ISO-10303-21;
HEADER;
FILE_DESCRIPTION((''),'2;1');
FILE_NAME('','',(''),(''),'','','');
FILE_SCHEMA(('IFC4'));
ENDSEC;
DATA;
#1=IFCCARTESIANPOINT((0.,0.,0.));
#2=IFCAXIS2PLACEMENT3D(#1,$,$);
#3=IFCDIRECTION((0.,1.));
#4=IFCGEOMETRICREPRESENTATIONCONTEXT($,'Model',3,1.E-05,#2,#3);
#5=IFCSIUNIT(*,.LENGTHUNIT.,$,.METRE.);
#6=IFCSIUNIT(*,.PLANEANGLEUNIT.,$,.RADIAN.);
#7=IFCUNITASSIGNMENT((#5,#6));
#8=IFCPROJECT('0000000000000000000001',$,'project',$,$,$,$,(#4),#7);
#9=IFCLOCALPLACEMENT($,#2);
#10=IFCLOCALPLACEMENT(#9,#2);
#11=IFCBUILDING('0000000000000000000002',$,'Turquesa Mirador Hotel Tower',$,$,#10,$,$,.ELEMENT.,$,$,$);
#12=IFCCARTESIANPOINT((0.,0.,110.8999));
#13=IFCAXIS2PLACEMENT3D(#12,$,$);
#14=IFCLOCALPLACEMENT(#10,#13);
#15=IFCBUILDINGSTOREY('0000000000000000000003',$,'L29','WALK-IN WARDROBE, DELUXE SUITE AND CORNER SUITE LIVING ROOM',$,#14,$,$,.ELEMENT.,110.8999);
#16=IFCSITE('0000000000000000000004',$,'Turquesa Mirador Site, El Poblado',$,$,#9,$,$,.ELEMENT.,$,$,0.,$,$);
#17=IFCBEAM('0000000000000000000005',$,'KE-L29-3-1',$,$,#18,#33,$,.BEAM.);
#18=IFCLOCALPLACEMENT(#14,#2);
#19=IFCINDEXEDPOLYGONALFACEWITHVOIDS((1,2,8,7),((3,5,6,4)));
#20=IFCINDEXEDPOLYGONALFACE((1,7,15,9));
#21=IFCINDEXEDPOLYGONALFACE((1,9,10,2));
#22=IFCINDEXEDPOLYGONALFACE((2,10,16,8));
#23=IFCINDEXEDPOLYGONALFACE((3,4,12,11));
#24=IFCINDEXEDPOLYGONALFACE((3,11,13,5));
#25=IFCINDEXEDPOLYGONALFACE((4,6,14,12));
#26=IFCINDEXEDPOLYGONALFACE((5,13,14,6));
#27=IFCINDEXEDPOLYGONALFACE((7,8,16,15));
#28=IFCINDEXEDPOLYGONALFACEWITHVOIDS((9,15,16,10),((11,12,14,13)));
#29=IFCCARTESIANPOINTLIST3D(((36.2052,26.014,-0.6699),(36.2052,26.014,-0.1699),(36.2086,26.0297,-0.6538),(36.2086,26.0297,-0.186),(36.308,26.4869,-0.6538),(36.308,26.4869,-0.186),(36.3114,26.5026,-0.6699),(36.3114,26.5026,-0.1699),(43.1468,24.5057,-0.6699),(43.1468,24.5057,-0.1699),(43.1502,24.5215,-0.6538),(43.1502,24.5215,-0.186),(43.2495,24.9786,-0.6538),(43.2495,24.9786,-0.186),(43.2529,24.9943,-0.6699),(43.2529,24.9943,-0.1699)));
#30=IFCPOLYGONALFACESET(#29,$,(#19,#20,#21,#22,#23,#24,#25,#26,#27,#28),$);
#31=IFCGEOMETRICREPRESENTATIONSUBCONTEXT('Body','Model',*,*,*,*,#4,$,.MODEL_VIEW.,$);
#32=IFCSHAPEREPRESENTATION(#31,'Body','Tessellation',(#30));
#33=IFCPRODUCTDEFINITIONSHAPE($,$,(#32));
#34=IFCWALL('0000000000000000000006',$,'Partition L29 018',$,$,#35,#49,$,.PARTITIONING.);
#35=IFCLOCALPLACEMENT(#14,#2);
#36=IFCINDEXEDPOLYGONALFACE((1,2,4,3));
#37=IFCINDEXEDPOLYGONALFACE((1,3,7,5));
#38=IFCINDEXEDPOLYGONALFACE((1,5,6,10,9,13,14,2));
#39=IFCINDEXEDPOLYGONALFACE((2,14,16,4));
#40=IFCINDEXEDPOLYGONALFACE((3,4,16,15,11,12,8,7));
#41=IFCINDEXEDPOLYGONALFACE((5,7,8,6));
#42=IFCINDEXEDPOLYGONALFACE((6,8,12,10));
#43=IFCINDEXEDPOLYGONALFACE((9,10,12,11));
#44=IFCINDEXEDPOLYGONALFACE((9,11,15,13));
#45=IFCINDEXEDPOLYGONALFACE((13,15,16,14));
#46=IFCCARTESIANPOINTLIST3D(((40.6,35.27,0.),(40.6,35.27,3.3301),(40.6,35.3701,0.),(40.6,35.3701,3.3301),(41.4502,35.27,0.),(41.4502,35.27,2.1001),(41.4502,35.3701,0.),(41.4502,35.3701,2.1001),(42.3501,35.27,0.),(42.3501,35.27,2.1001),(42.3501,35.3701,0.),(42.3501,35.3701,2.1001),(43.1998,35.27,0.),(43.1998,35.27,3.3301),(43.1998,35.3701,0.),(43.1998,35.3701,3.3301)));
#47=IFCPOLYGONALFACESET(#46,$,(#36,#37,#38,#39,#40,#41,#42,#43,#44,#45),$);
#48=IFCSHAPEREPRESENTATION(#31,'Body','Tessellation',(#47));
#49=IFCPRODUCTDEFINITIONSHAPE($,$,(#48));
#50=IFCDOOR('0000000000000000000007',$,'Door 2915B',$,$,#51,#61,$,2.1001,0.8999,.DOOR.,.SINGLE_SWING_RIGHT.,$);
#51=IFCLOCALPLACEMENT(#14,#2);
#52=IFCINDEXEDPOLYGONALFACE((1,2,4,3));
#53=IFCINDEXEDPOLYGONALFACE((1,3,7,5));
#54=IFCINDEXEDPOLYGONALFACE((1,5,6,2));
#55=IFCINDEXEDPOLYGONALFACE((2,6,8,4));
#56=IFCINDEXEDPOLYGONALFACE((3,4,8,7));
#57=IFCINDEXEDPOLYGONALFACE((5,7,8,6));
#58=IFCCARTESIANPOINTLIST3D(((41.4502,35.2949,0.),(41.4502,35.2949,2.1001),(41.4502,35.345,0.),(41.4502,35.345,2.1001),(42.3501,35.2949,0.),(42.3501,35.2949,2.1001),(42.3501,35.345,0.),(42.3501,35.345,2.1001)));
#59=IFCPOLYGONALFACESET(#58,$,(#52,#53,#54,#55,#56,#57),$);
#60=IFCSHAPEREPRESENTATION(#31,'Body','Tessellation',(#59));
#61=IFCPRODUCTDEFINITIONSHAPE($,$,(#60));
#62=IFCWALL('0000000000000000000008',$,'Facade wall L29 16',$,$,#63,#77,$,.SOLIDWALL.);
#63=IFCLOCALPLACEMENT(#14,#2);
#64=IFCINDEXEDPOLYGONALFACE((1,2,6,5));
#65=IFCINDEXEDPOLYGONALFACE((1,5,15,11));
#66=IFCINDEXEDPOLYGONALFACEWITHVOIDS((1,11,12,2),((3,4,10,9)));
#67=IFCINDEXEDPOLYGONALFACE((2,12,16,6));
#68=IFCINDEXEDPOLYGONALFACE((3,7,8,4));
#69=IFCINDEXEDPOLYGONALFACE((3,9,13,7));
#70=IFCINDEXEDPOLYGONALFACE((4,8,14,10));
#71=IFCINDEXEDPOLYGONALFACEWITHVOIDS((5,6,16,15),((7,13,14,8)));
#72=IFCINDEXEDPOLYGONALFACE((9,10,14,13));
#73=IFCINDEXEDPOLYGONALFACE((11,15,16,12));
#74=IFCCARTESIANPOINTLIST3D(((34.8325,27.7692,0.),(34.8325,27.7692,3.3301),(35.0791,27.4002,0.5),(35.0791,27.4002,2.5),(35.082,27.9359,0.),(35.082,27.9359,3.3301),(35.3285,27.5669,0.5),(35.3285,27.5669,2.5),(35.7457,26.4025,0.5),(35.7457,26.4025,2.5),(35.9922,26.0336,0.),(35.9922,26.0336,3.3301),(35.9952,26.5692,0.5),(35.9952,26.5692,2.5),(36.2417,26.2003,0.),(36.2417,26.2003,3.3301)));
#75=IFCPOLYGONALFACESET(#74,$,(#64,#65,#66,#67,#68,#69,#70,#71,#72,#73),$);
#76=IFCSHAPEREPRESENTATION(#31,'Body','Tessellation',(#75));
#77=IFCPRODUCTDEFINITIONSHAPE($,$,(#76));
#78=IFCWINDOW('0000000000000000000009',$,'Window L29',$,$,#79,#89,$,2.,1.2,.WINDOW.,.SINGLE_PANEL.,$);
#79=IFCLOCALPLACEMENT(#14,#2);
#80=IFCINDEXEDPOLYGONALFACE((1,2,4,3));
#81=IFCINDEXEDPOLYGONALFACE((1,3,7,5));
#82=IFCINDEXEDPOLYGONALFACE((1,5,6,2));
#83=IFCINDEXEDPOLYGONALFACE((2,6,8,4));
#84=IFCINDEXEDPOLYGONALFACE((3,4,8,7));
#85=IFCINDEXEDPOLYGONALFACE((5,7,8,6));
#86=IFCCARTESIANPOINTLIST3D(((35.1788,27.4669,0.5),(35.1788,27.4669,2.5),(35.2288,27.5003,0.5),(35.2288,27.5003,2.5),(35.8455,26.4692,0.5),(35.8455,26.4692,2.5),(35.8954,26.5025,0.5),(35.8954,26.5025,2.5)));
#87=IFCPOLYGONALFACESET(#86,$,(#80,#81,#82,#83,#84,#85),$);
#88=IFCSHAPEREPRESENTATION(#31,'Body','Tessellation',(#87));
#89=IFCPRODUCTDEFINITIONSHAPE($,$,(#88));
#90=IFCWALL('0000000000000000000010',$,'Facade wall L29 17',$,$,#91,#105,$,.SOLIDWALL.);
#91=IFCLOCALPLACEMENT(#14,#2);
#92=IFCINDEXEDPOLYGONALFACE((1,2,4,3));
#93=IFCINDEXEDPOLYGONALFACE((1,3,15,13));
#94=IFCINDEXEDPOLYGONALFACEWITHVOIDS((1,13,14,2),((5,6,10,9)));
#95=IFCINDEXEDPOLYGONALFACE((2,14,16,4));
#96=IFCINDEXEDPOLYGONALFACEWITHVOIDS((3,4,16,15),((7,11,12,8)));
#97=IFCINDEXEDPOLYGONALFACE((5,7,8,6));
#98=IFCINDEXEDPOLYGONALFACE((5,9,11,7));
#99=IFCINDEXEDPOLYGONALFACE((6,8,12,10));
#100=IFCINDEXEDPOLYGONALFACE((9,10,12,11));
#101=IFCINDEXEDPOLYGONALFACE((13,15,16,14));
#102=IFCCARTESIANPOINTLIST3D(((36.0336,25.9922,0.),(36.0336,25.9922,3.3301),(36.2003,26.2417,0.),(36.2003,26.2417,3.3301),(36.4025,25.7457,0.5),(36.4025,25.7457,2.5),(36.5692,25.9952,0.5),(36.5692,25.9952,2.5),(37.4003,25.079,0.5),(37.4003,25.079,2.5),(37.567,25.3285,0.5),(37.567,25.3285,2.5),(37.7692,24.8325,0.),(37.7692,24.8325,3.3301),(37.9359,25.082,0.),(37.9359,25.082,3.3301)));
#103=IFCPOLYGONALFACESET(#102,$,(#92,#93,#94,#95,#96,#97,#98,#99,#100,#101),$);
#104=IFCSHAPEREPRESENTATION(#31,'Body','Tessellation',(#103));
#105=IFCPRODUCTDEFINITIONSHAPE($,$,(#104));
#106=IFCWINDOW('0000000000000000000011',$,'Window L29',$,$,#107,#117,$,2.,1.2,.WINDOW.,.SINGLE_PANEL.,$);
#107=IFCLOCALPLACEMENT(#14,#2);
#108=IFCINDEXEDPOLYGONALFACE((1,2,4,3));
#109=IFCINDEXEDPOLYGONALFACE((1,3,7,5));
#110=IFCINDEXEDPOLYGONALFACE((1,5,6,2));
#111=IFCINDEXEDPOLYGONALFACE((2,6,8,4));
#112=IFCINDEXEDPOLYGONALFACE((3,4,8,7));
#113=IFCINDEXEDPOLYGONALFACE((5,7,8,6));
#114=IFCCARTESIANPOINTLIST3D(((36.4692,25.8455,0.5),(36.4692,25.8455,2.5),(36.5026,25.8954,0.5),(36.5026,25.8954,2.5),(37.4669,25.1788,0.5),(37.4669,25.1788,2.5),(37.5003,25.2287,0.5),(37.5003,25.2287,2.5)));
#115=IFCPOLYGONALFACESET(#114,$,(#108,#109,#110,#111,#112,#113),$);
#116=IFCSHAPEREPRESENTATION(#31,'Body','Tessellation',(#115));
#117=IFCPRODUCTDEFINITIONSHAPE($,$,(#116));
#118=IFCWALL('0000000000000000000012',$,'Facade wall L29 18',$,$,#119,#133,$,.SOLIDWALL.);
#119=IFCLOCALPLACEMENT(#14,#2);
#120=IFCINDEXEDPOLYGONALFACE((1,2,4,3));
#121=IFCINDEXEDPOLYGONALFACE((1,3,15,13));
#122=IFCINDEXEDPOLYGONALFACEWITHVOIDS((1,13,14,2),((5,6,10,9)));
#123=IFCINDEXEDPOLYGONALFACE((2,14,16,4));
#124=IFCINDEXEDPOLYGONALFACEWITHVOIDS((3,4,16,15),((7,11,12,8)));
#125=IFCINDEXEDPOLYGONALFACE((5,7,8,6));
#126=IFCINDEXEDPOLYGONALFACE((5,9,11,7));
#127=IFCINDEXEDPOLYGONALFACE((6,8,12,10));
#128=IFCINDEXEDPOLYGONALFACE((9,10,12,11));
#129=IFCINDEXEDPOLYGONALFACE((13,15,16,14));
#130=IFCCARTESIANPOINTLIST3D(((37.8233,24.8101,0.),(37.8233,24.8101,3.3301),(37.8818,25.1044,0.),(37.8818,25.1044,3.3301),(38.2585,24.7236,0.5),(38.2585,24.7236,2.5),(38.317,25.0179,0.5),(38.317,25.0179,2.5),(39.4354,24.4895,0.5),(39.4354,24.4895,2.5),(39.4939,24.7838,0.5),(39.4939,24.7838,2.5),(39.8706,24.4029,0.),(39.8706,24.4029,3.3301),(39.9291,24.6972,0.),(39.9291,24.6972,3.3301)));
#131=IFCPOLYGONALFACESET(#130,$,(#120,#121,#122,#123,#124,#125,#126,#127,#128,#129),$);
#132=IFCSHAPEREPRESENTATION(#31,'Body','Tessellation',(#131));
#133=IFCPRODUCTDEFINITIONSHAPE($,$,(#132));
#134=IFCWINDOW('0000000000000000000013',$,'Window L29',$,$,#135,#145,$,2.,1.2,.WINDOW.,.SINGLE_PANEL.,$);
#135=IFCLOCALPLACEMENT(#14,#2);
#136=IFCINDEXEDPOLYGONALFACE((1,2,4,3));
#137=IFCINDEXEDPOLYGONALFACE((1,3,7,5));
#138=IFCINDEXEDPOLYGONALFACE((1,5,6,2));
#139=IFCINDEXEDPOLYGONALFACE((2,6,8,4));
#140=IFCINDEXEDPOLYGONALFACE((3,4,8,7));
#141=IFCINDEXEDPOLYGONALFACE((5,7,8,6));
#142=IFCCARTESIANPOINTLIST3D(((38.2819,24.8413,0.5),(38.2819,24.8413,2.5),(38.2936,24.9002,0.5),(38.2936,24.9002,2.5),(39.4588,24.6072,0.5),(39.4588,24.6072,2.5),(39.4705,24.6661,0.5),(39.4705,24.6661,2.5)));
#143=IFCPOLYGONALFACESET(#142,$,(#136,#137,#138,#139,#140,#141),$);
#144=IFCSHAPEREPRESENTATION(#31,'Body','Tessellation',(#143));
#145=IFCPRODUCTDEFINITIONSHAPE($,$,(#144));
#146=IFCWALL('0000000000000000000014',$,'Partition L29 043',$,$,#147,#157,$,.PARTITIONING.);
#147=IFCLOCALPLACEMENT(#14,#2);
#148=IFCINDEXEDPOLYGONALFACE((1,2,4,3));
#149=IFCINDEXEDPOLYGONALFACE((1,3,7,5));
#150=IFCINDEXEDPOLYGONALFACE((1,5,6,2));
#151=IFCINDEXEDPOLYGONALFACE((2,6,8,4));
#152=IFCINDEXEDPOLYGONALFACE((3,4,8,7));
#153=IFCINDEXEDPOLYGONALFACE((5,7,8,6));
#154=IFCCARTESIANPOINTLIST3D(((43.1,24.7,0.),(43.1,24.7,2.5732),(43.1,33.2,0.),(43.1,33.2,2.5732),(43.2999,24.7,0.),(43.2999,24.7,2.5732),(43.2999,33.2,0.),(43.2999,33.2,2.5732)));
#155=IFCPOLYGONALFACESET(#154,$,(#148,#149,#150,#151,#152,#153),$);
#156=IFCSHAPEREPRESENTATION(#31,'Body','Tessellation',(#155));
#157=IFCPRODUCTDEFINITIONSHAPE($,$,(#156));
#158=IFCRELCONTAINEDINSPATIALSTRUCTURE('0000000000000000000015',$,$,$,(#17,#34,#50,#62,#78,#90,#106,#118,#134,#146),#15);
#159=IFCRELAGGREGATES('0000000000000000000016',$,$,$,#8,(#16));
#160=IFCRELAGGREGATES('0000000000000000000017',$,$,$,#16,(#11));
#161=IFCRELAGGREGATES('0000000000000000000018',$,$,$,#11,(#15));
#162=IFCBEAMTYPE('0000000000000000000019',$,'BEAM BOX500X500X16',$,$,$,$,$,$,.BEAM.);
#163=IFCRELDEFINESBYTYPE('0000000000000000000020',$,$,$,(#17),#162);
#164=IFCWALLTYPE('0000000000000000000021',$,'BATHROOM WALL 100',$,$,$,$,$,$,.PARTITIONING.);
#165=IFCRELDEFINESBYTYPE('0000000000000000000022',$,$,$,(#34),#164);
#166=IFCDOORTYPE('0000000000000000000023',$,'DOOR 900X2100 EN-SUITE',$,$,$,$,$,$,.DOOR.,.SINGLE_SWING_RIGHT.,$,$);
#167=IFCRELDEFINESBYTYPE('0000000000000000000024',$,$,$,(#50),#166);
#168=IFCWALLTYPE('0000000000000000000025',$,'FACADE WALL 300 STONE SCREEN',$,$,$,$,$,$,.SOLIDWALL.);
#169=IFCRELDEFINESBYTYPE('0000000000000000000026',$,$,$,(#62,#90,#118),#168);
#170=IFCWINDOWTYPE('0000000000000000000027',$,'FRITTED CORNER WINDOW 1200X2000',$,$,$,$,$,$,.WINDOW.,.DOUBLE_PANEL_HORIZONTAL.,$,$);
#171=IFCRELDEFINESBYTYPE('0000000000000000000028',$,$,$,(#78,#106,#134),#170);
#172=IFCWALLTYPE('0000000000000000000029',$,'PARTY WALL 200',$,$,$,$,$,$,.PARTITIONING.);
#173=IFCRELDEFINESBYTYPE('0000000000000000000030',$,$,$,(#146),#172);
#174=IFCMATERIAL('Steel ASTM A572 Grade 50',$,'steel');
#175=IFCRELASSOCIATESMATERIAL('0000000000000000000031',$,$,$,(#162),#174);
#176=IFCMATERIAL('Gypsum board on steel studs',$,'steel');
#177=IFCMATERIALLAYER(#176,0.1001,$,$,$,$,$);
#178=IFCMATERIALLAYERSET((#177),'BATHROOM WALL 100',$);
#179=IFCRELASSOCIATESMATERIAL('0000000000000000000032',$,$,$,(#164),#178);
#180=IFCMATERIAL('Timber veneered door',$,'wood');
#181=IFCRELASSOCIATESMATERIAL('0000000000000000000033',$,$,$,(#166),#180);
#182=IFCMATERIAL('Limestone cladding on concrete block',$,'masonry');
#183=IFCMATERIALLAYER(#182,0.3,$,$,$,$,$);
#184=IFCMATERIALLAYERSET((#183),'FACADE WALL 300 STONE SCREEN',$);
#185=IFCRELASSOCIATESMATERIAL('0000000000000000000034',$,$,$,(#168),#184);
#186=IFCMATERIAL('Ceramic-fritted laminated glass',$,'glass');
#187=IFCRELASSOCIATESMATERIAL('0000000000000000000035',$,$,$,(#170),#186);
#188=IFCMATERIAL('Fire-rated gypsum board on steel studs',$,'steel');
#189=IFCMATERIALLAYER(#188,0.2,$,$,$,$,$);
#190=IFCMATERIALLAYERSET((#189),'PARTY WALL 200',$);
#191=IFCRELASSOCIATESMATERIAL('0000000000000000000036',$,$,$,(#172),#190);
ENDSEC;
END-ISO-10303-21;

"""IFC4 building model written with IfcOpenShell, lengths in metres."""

from ifc_helpers import new_model, si_unit, direction, frame, frame_2d, origin, origin_2d, place, context, subcontext, project, spatial, rectangle, hollow_rectangle, extrude, material, layer, layer_set, material_profile, profile_set, type_object, element, fill, save


model = new_model("IFC4")

# Units and contexts
model_context = context("Model", 3, precision=1e-05, world=origin(), true_north=direction((0.0, 1.0)))
body_context = subcontext(model_context, "Body", "Model", "MODEL_VIEW")
ifc_project = project(units=[si_unit("LENGTHUNIT", "METRE"), si_unit("PLANEANGLEUNIT", "RADIAN")], contexts=[model_context])

# Site, building, storey
site_placement = place(None, origin())
site = spatial("IfcSite", under=ifc_project, at=site_placement, Name="Turquesa Mirador Site, El Poblado", CompositionType="ELEMENT", RefElevation=0.0)
building_placement = place(site_placement, origin())
building = spatial("IfcBuilding", under=site, at=building_placement, Name="Turquesa Mirador Hotel Tower", CompositionType="ELEMENT")
storey_placement = place(building_placement, frame((0.0, 0.0, 110.8999)))
storey = spatial("IfcBuildingStorey", under=building, at=storey_placement, Name="L29", Description="WALK-IN WARDROBE, DELUXE SUITE AND CORNER SUITE LIVING ROOM", CompositionType="ELEMENT", Elevation=110.8999)

# Beam
ifc_material_1 = material(Name="Steel ASTM A572 Grade 50", Category="steel")
ifc_material_profile = material_profile(ifc_material_1, hollow_rectangle(XDim=0.5, YDim=0.5, WallThickness=0.0161, at=origin_2d()), Name="BOX500X500X16")
ifc_profile_set = profile_set([ifc_material_profile], Name="Steel ASTM A572 Grade 50")
beam_type = type_object("IfcBeamType", Name="BEAM BOX500X500X16", PredefinedType="BEAM", material=ifc_profile_set)
beam_placement = place(storey_placement, frame((36.2583, 26.2583, -0.4199), z_axis=(0.977198, -0.212328, 0.0), x_axis=(0.212328, 0.977198, 0.0)))
element("IfcBeam", 1, at=beam_placement, inside=storey, type_object=beam_type, Name="KE-L29-3-1", PredefinedType="BEAM", context=body_context, shape_type="SweptSolid", body=[
    extrude(hollow_rectangle(XDim=0.5, YDim=0.5, WallThickness=0.0161, at=origin_2d()), origin(), (0.0, 0.0, 1.0), 7.1035),
])

# Wall, opening, door
ifc_material_2 = material(Name="Gypsum board on steel studs", Category="steel")
ifc_layer_1 = layer(ifc_material_2, 0.1001)
ifc_layer_set_1 = layer_set([ifc_layer_1], Name="BATHROOM WALL 100")
wall_type_1 = type_object("IfcWallType", Name="BATHROOM WALL 100", PredefinedType="PARTITIONING", material=ifc_layer_set_1)
wall_1_placement = place(storey_placement, frame((40.6001, 35.3201, 0.0), z_axis=(0.0, 0.0, 1.0), x_axis=(1.0, 0.0, 0.0)))
wall_1 = element("IfcWall", 2, at=wall_1_placement, inside=storey, type_object=wall_type_1, Name="Partition L29 018", PredefinedType="PARTITIONING", context=body_context, shape_type="SweptSolid", body=[
    extrude(rectangle(XDim=2.5999, YDim=0.1001, at=frame_2d((1.2998, 0.0))), origin(), (0.0, 0.0, 1.0), 3.3301),
])
opening_1_placement = place(wall_1_placement, frame((0.8501, 0.0, 0.0)))
opening_1 = element("IfcOpeningElement", 3, at=opening_1_placement, cuts=wall_1, PredefinedType="OPENING", context=body_context, shape_type="SweptSolid", body=[
    extrude(rectangle(XDim=0.8999, YDim=2.1001, at=frame_2d((0.45, 1.05))), frame((0.0, 0.0601, 0.0), z_axis=(0.0, -1.0, 0.0), x_axis=(1.0, 0.0, 0.0)), (0.0, 0.0, 1.0), 0.1201),
])
ifc_material_3 = material(Name="Timber veneered door", Category="wood")
door_type_1 = type_object("IfcDoorType", Name="DOOR 900X2100 EN-SUITE", OperationType="SINGLE_SWING_RIGHT", PredefinedType="DOOR", material=ifc_material_3)
door_1_placement = place(opening_1_placement, origin())
door_1 = element("IfcDoor", 4, at=door_1_placement, inside=storey, type_object=door_type_1, Name="Door 2915B", OperationType="SINGLE_SWING_RIGHT", OverallHeight=2.1001, OverallWidth=0.8999, PredefinedType="DOOR", context=body_context, shape_type="SweptSolid", body=[
    extrude(rectangle(XDim=0.8999, YDim=2.1001, at=frame_2d((0.45, 1.05))), frame((0.0, 0.0249, 0.0), z_axis=(0.0, -1.0, 0.0), x_axis=(1.0, 0.0, 0.0)), (0.0, 0.0, 1.0), 0.05),
])
fill(opening_1, door_1)

# Walls, openings, windows
ifc_material_4 = material(Name="Limestone cladding on concrete block", Category="masonry")
ifc_layer_2 = layer(ifc_material_4, 0.3)
ifc_layer_set_2 = layer_set([ifc_layer_2], Name="FACADE WALL 300 STONE SCREEN")
wall_type_2 = type_object("IfcWallType", Name="FACADE WALL 300 STONE SCREEN", PredefinedType="SOLIDWALL", material=ifc_layer_set_2)
wall_2_placement = place(storey_placement, frame((34.9573, 27.8525, 0.0), z_axis=(0.0, 0.0, 1.0), x_axis=(0.555564, -0.831474, 0.0)))
wall_2 = element("IfcWall", 5, at=wall_2_placement, inside=storey, type_object=wall_type_2, Name="Facade wall L29 16", PredefinedType="SOLIDWALL", context=body_context, shape_type="SweptSolid", body=[
    extrude(rectangle(XDim=2.0874, YDim=0.3, at=frame_2d((1.0437, 0.0))), origin(), (0.0, 0.0, 1.0), 3.3301),
])
opening_2_placement = place(wall_2_placement, frame((0.4436, 0.0, 0.5)))
opening_2 = element("IfcOpeningElement", 6, at=opening_2_placement, cuts=wall_2, PredefinedType="OPENING", context=body_context, shape_type="SweptSolid", body=[
    extrude(rectangle(XDim=1.2, YDim=2.0, at=frame_2d((0.6001, 1.0))), frame((0.0, 0.1599, 0.0), z_axis=(0.0, -1.0, 0.0), x_axis=(1.0, 0.0, 0.0)), (0.0, 0.0, 1.0), 0.3201),
])
ifc_material_5 = material(Name="Ceramic-fritted laminated glass", Category="glass")
window_type_1 = type_object("IfcWindowType", Name="FRITTED CORNER WINDOW 1200X2000", PartitioningType="DOUBLE_PANEL_HORIZONTAL", PredefinedType="WINDOW", material=ifc_material_5)
window_1_placement = place(opening_2_placement, origin())
window_1 = element("IfcWindow", 7, at=window_1_placement, inside=storey, type_object=window_type_1, Name="Window L29", OverallHeight=2.0, OverallWidth=1.2, PartitioningType="SINGLE_PANEL", PredefinedType="WINDOW", context=body_context, shape_type="SweptSolid", body=[
    extrude(rectangle(XDim=1.2, YDim=2.0, at=frame_2d((0.6001, 1.0))), frame((0.0, 0.03, 0.0), z_axis=(0.0, -1.0, 0.0), x_axis=(1.0, 0.0, 0.0)), (0.0, 0.0, 1.0), 0.0601),
])
fill(opening_2, window_1)
wall_3_placement = place(storey_placement, frame((36.1169, 26.1169, 0.0), z_axis=(0.0, 0.0, 1.0), x_axis=(0.831474, -0.555564, 0.0)))
wall_3 = element("IfcWall", 8, at=wall_3_placement, inside=storey, type_object=wall_type_2, Name="Facade wall L29 17", PredefinedType="SOLIDWALL", context=body_context, shape_type="SweptSolid", body=[
    extrude(rectangle(XDim=2.0874, YDim=0.3, at=frame_2d((1.0437, 0.0))), origin(), (0.0, 0.0, 1.0), 3.3301),
])
opening_3_placement = place(wall_3_placement, frame((0.4436, 0.0, 0.5)))
opening_3 = element("IfcOpeningElement", 9, at=opening_3_placement, cuts=wall_3, PredefinedType="OPENING", context=body_context, shape_type="SweptSolid", body=[
    extrude(rectangle(XDim=1.2, YDim=2.0, at=frame_2d((0.6001, 1.0))), frame((0.0, 0.1599, 0.0), z_axis=(0.0, -1.0, 0.0), x_axis=(1.0, 0.0, 0.0)), (0.0, 0.0, 1.0), 0.3201),
])
window_2_placement = place(opening_3_placement, origin())
window_2 = element("IfcWindow", 10, at=window_2_placement, inside=storey, type_object=window_type_1, Name="Window L29", OverallHeight=2.0, OverallWidth=1.2, PartitioningType="SINGLE_PANEL", PredefinedType="WINDOW", context=body_context, shape_type="SweptSolid", body=[
    extrude(rectangle(XDim=1.2, YDim=2.0, at=frame_2d((0.6001, 1.0))), frame((0.0, 0.03, 0.0), z_axis=(0.0, -1.0, 0.0), x_axis=(1.0, 0.0, 0.0)), (0.0, 0.0, 1.0), 0.0601),
])
fill(opening_3, window_2)
wall_4_placement = place(storey_placement, frame((37.8525, 24.9573, 0.0), z_axis=(0.0, 0.0, 1.0), x_axis=(0.980787, -0.195081, 0.0)))
wall_4 = element("IfcWall", 11, at=wall_4_placement, inside=storey, type_object=wall_type_2, Name="Facade wall L29 18", PredefinedType="SOLIDWALL", context=body_context, shape_type="SweptSolid", body=[
    extrude(rectangle(XDim=2.0874, YDim=0.3, at=frame_2d((1.0437, 0.0))), origin(), (0.0, 0.0, 1.0), 3.3301),
])
opening_4_placement = place(wall_4_placement, frame((0.4436, 0.0, 0.5)))
opening_4 = element("IfcOpeningElement", 12, at=opening_4_placement, cuts=wall_4, PredefinedType="OPENING", context=body_context, shape_type="SweptSolid", body=[
    extrude(rectangle(XDim=1.2, YDim=2.0, at=frame_2d((0.6001, 1.0))), frame((0.0, 0.1599, 0.0), z_axis=(0.0, -1.0, 0.0), x_axis=(1.0, 0.0, 0.0)), (0.0, 0.0, 1.0), 0.3201),
])
window_3_placement = place(opening_4_placement, origin())
window_3 = element("IfcWindow", 13, at=window_3_placement, inside=storey, type_object=window_type_1, Name="Window L29", OverallHeight=2.0, OverallWidth=1.2, PartitioningType="SINGLE_PANEL", PredefinedType="WINDOW", context=body_context, shape_type="SweptSolid", body=[
    extrude(rectangle(XDim=1.2, YDim=2.0, at=frame_2d((0.6001, 1.0))), frame((0.0, 0.03, 0.0), z_axis=(0.0, -1.0, 0.0), x_axis=(1.0, 0.0, 0.0)), (0.0, 0.0, 1.0), 0.0601),
])
fill(opening_4, window_3)

# Wall
ifc_material_6 = material(Name="Fire-rated gypsum board on steel studs", Category="steel")
ifc_layer_3 = layer(ifc_material_6, 0.2)
ifc_layer_set_3 = layer_set([ifc_layer_3], Name="PARTY WALL 200")
wall_type_3 = type_object("IfcWallType", Name="PARTY WALL 200", PredefinedType="PARTITIONING", material=ifc_layer_set_3)
wall_5_placement = place(storey_placement, frame((43.2, 24.7, 0.0), z_axis=(0.0, 0.0, 1.0), x_axis=(0.0, 1.0, 0.0)))
element("IfcWall", 14, at=wall_5_placement, inside=storey, type_object=wall_type_3, Name="Partition L29 043", PredefinedType="PARTITIONING", context=body_context, shape_type="SweptSolid", body=[
    extrude(rectangle(XDim=8.5, YDim=0.2, at=frame_2d((4.25, 0.0))), origin(), (0.0, 0.0, 1.0), 2.5732),
])

save(model, "model.ifc")
